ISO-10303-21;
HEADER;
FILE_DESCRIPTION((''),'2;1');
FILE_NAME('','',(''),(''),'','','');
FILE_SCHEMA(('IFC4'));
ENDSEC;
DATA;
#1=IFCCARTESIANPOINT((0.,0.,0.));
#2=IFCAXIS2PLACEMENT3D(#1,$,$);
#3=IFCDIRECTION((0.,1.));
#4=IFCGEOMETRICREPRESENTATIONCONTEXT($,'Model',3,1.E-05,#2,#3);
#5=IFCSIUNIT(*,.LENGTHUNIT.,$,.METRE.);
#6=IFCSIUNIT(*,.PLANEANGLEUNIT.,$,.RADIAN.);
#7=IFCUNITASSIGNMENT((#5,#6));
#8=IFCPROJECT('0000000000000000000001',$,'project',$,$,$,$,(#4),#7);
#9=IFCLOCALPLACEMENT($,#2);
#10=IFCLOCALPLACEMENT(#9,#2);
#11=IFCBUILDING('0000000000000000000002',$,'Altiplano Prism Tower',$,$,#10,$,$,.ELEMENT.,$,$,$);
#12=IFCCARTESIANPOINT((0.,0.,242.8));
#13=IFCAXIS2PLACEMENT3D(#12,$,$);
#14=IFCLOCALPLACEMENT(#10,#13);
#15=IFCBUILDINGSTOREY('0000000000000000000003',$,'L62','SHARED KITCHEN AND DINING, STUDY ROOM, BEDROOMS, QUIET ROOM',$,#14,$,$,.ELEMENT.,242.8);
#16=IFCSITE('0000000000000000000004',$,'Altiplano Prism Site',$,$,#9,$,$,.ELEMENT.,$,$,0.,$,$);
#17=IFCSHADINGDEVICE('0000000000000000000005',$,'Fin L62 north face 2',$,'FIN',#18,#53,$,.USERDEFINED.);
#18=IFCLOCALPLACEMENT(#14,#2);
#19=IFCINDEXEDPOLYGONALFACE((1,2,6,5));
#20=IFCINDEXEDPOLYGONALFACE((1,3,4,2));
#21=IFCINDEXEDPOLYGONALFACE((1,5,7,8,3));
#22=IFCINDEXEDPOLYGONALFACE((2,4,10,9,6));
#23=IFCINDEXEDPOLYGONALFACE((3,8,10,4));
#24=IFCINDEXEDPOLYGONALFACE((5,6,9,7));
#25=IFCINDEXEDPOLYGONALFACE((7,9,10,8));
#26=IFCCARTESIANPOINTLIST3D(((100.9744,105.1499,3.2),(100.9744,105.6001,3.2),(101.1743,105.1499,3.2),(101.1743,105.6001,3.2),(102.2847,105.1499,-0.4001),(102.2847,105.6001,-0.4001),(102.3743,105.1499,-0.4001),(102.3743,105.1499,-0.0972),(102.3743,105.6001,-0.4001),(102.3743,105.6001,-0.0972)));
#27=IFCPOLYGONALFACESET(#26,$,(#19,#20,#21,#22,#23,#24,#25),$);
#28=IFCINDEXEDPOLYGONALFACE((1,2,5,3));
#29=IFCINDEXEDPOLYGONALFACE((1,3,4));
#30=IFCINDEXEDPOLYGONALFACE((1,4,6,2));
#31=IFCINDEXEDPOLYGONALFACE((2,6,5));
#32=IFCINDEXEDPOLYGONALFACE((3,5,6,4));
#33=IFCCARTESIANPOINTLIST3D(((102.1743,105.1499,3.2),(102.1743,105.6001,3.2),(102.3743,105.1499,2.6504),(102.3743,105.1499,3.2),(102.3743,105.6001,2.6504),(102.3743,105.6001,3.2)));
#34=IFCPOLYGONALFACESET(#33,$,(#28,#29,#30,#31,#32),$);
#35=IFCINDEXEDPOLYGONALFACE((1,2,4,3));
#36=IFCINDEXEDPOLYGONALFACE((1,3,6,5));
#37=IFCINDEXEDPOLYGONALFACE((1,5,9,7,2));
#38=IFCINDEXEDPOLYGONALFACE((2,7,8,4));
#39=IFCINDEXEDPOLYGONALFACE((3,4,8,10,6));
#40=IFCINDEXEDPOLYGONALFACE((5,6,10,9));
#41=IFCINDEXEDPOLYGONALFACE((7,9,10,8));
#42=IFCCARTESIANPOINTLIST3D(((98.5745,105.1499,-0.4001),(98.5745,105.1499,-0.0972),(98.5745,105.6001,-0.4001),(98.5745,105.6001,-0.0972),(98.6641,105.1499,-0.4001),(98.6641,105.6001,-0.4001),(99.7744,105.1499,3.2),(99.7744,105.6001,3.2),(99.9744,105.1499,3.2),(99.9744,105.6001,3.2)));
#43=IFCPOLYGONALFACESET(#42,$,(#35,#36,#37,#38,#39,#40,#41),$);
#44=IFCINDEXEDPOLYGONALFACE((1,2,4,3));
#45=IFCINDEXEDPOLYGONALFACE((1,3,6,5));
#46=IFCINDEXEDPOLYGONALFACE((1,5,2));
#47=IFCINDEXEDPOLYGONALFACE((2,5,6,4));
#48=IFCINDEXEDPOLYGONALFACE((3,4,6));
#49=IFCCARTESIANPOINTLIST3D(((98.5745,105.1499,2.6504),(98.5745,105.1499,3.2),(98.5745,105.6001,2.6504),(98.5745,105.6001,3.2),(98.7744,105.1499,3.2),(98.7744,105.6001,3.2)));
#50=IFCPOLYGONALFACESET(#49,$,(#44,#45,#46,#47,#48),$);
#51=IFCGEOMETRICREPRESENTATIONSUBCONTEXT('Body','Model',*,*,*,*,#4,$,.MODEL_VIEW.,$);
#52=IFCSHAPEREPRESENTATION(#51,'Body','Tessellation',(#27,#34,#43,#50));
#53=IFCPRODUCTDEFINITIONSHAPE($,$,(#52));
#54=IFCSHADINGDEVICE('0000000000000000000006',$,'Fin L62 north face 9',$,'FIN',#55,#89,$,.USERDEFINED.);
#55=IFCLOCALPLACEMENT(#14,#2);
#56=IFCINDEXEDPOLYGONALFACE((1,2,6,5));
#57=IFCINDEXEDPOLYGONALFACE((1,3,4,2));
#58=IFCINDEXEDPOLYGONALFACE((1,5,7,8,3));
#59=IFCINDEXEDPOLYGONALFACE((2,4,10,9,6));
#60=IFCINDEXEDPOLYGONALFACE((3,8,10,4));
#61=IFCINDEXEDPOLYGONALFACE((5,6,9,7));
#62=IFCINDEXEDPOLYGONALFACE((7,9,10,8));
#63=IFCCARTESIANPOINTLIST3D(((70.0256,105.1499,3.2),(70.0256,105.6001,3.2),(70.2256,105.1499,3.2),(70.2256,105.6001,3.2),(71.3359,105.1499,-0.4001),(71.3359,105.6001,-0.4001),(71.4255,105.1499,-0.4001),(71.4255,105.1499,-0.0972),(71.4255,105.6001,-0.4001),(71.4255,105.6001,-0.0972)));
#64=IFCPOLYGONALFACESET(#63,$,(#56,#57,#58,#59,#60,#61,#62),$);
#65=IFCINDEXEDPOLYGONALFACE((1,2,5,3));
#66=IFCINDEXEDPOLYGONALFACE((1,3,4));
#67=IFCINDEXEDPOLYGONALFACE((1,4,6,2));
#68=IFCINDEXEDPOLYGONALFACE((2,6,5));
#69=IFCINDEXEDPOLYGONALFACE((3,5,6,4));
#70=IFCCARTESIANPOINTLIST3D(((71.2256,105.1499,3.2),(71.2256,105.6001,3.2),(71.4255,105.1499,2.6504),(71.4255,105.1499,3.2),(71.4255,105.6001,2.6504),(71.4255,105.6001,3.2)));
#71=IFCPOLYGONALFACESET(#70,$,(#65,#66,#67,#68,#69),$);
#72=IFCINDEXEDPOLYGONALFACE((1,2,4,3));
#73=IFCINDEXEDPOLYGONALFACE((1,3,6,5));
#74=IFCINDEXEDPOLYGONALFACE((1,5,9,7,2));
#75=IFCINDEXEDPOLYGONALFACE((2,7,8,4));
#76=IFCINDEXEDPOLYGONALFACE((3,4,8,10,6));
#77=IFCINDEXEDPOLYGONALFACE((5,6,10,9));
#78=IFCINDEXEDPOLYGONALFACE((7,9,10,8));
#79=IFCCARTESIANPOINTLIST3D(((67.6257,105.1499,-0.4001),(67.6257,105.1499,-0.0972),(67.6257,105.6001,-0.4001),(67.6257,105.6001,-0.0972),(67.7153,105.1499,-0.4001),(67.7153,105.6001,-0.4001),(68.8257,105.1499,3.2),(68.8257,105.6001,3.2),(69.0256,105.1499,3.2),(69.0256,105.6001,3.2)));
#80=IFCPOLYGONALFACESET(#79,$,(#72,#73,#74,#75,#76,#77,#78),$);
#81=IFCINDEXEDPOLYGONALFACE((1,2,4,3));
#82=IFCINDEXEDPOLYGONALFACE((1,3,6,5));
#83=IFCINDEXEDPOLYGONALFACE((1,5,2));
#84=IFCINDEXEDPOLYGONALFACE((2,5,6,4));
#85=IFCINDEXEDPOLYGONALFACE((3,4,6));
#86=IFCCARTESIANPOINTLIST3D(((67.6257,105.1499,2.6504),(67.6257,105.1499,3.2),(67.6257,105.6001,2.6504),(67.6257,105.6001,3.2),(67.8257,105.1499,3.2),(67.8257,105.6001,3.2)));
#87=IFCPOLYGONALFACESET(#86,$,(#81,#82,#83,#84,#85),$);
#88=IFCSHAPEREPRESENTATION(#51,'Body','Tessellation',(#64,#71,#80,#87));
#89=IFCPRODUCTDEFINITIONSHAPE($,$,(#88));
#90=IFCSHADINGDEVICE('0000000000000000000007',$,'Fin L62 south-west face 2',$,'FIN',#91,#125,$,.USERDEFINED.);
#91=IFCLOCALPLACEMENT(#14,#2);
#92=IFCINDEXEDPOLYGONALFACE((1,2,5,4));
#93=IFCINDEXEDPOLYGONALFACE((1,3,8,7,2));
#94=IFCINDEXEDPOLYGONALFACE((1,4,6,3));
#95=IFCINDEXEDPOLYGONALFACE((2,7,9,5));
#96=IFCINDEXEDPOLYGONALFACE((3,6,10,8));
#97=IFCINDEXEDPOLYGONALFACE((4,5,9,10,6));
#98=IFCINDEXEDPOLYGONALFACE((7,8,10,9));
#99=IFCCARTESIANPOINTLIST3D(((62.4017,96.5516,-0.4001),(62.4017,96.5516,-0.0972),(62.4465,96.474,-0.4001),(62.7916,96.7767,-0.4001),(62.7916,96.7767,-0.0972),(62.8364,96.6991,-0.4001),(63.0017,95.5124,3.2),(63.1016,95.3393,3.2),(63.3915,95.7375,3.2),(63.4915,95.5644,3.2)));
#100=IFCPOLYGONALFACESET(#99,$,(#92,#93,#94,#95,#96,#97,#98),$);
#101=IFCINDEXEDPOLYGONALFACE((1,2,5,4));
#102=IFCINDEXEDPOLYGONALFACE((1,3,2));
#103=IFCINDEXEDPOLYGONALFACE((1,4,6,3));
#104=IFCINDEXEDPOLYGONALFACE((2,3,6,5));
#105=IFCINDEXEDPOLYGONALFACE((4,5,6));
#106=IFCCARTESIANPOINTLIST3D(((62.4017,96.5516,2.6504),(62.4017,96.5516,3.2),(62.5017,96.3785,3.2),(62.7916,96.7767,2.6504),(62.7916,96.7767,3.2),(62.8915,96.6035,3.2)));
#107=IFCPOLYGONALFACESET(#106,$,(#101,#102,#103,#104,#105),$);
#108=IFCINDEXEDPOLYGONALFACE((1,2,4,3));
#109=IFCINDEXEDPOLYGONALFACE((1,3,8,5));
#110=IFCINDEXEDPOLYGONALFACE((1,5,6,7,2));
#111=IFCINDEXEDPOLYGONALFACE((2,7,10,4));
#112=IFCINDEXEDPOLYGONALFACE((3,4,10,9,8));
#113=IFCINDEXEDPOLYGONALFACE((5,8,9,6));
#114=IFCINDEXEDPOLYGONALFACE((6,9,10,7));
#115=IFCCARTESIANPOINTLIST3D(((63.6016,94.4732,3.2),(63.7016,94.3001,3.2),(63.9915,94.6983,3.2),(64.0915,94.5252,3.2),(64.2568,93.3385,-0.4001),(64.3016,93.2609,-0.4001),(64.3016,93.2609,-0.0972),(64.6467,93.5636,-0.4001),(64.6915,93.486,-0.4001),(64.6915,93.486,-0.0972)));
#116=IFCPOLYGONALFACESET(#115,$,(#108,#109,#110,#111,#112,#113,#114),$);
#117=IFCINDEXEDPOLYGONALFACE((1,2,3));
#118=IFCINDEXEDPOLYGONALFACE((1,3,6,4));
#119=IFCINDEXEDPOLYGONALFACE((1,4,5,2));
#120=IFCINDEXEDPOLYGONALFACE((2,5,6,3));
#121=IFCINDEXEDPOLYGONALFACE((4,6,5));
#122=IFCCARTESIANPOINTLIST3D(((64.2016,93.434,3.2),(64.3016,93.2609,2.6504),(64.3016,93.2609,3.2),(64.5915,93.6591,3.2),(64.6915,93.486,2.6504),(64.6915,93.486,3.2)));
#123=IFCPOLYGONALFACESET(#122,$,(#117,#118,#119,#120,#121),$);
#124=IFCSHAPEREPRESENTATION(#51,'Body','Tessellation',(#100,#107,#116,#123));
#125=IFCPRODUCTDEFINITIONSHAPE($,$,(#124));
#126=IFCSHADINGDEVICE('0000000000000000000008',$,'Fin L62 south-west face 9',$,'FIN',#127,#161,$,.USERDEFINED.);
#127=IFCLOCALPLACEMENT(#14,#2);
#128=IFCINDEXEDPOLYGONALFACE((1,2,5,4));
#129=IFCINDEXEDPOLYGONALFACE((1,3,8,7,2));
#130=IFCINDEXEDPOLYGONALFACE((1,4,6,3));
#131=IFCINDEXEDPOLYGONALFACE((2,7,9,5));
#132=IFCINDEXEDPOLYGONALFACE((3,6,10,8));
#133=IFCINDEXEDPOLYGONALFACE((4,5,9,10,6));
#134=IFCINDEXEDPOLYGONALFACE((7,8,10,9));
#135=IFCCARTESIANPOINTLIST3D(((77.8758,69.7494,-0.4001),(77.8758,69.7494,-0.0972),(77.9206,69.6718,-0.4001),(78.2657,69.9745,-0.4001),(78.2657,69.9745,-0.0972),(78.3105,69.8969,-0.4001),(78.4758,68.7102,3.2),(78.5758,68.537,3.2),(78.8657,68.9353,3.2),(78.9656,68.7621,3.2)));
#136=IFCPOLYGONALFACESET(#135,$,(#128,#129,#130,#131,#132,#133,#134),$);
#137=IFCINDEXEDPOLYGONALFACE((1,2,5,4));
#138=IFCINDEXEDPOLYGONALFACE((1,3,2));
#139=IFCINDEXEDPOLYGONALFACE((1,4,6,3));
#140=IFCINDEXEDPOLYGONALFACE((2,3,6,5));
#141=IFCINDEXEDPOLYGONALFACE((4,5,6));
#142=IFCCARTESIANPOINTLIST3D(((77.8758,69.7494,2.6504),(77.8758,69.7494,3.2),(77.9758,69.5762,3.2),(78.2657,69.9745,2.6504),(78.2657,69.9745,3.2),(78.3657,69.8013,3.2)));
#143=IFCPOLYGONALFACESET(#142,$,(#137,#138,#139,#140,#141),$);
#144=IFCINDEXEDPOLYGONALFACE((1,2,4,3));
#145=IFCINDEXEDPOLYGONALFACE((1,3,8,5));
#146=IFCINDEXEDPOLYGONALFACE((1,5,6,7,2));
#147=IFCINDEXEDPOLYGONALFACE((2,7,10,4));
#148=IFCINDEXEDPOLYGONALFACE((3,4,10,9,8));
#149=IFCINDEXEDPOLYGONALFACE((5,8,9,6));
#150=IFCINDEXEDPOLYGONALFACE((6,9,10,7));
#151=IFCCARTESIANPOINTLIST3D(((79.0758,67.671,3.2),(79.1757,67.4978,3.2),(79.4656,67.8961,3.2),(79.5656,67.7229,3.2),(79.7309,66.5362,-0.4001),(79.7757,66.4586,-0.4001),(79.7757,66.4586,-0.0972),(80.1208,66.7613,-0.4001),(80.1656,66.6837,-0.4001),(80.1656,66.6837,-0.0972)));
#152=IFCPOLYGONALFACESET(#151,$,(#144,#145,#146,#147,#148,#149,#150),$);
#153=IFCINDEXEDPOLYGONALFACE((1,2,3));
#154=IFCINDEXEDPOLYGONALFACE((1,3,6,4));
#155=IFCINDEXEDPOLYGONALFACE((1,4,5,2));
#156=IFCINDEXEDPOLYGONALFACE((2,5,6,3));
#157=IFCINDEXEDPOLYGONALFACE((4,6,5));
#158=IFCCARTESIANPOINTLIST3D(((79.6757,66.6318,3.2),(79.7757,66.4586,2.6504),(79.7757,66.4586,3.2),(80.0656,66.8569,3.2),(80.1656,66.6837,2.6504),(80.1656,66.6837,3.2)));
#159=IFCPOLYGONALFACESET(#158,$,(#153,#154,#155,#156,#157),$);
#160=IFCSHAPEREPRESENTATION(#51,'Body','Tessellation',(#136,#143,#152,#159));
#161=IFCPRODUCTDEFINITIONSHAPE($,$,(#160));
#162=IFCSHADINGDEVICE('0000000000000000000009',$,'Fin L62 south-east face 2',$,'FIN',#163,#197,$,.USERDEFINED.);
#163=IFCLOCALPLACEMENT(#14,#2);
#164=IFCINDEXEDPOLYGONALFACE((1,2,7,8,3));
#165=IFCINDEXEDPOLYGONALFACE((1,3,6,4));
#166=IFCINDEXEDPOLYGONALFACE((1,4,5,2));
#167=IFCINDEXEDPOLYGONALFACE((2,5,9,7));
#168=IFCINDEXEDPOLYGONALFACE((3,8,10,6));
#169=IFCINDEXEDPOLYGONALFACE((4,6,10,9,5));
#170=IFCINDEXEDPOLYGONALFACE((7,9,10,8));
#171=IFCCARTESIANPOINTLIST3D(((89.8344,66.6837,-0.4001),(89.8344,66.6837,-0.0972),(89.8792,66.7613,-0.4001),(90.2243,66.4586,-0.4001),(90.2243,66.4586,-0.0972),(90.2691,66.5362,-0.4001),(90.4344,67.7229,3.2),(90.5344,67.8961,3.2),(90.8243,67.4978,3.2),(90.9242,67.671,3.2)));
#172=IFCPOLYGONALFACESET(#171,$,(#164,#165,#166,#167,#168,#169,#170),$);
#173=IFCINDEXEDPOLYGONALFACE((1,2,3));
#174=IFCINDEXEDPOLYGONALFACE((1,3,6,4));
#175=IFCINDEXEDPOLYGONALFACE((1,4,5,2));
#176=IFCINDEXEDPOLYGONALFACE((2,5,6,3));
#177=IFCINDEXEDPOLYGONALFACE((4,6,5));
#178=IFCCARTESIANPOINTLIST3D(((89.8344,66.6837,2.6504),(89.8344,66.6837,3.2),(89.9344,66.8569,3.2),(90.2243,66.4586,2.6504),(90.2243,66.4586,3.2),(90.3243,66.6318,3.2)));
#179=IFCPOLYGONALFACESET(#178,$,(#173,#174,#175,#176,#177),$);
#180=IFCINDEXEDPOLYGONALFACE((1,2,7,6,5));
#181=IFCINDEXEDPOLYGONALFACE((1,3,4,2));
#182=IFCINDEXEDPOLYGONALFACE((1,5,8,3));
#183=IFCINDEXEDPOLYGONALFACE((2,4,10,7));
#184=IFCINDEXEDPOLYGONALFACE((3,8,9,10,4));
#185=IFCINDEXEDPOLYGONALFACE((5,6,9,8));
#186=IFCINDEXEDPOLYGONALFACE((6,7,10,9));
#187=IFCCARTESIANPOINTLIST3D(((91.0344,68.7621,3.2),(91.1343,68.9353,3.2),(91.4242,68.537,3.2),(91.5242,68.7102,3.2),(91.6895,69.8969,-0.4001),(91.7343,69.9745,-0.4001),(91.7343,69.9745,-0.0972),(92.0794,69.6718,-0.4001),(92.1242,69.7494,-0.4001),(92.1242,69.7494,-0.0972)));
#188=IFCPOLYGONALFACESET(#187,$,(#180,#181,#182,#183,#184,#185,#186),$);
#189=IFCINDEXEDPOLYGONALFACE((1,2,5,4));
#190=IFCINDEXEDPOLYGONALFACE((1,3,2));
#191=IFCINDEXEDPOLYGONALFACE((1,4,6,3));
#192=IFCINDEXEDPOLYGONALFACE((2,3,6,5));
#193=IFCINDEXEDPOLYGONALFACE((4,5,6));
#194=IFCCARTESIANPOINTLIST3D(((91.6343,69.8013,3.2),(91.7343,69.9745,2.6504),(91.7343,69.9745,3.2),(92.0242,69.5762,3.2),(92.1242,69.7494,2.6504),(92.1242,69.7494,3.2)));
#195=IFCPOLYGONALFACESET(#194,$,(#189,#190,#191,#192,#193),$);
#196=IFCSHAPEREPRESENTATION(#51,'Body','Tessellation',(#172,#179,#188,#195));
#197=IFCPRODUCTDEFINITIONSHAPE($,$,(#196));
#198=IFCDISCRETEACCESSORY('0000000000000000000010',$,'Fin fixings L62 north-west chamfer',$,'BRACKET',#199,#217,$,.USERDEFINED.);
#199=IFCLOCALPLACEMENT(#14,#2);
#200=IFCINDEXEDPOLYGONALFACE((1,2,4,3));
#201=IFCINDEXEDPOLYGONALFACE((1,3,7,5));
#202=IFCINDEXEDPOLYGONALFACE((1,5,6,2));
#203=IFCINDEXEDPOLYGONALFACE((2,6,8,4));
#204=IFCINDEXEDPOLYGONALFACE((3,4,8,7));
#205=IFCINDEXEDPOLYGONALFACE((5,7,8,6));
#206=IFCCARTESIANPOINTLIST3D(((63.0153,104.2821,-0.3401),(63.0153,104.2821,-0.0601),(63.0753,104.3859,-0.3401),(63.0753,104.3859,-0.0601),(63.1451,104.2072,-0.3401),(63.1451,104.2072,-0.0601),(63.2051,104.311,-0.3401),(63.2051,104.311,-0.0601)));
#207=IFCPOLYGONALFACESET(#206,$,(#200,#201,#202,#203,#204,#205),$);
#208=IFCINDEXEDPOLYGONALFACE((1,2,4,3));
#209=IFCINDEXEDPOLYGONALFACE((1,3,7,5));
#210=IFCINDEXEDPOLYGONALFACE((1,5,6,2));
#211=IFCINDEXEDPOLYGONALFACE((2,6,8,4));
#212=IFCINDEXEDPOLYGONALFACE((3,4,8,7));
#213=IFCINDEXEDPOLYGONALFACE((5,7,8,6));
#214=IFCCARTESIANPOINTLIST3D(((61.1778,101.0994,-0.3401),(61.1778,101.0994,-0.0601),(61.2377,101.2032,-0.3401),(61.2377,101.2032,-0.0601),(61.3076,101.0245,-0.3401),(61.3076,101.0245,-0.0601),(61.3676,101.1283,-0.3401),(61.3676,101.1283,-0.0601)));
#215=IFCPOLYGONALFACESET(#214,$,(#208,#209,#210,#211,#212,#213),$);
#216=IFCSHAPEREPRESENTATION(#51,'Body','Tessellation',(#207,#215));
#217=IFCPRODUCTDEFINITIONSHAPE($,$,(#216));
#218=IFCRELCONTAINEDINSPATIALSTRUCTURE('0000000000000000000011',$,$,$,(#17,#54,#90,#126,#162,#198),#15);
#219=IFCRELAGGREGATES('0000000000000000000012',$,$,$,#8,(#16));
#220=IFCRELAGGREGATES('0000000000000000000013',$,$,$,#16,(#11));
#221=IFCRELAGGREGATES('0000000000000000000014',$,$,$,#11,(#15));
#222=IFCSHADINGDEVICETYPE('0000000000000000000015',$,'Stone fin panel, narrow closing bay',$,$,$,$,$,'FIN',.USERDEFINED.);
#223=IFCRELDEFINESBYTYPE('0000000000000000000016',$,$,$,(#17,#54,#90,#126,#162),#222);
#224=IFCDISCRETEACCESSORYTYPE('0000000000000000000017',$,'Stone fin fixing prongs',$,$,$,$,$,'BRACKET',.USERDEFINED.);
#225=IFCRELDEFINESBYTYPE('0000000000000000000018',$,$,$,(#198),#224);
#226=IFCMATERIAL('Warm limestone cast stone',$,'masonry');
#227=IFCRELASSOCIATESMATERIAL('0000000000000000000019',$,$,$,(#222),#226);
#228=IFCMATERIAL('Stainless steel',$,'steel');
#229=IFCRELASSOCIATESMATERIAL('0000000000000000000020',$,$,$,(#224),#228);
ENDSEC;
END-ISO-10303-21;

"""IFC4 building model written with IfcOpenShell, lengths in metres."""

from ifc_helpers import new_model, si_unit, direction, frame, origin, place, context, subcontext, project, spatial, polyline, outline, extrude, source, transform, mapped, material, type_object, element, save


model = new_model("IFC4")

# Units and contexts
model_context = context("Model", 3, precision=1e-05, world=origin(), true_north=direction((0.0, 1.0)))
body_context = subcontext(model_context, "Body", "Model", "MODEL_VIEW")
ifc_project = project(units=[si_unit("LENGTHUNIT", "METRE"), si_unit("PLANEANGLEUNIT", "RADIAN")], contexts=[model_context])

# Site, building, storey
site_placement = place(None, origin())
site = spatial("IfcSite", under=ifc_project, at=site_placement, Name="Altiplano Prism Site", CompositionType="ELEMENT", RefElevation=0.0)
building_placement = place(site_placement, origin())
building = spatial("IfcBuilding", under=site, at=building_placement, Name="Altiplano Prism Tower", CompositionType="ELEMENT")
storey_placement = place(building_placement, frame((0.0, 0.0, 242.8)))
storey = spatial("IfcBuildingStorey", under=building, at=storey_placement, Name="L62", Description="SHARED KITCHEN AND DINING, STUDY ROOM, BEDROOMS, QUIET ROOM", CompositionType="ELEMENT", Elevation=242.8)

# Shading devices
ifc_material_1 = material(Name="Warm limestone cast stone", Category="masonry")
shading_device_type_1 = type_object("IfcShadingDeviceType", Name="Stone fin panel, narrow closing bay", ElementType="FIN", PredefinedType="USERDEFINED", material=ifc_material_1)
shared_shape_1 = source(origin(), body_context, "Body", "SweptSolid", [
    extrude(outline(polyline([(-1.8999, 0.0), (-1.8103, 0.0), (-0.5, 3.6001), (-0.7, 3.6001), (-1.8999, 0.303), (-1.8999, 0.0)])), frame((0.0, -0.1499, 0.0), z_axis=(0.0, -1.0, 0.0), x_axis=(1.0, 0.0, 0.0)), (0.0, 0.0, 1.0), 0.4502),
    extrude(outline(polyline([(-1.8999, 3.0505), (-1.7, 3.6001), (-1.8999, 3.6001), (-1.8999, 3.0505)])), frame((0.0, -0.1499, 0.0), z_axis=(0.0, -1.0, 0.0), x_axis=(1.0, 0.0, 0.0)), (0.0, 0.0, 1.0), 0.4502),
    extrude(outline(polyline([(1.8103, 0.0), (1.8999, 0.0), (1.8999, 0.303), (0.7, 3.6001), (0.5, 3.6001), (1.8103, 0.0)])), frame((0.0, -0.1499, 0.0), z_axis=(0.0, -1.0, 0.0), x_axis=(1.0, 0.0, 0.0)), (0.0, 0.0, 1.0), 0.4502),
    extrude(outline(polyline([(1.8999, 3.6001), (1.7, 3.6001), (1.8999, 3.0505), (1.8999, 3.6001)])), frame((0.0, -0.1499, 0.0), z_axis=(0.0, -1.0, 0.0), x_axis=(1.0, 0.0, 0.0)), (0.0, 0.0, 1.0), 0.4502),
])
shading_device_1_placement = place(storey_placement, origin())
element("IfcShadingDevice", 1, at=shading_device_1_placement, inside=storey, type_object=shading_device_type_1, Name="Fin L62 north face 2", ObjectType="FIN", PredefinedType="USERDEFINED", context=body_context, shape_type="MappedRepresentation", body=[
    mapped(shared_shape_1, transform((100.4744, 105.0, -0.4001), x_axis=(-1.0, 0.0, 0.0), y_axis=(0.0, -1.0, 0.0), z_axis=(0.0, 0.0, 1.0))),
])
shading_device_2_placement = place(storey_placement, origin())
element("IfcShadingDevice", 2, at=shading_device_2_placement, inside=storey, type_object=shading_device_type_1, Name="Fin L62 north face 9", ObjectType="FIN", PredefinedType="USERDEFINED", context=body_context, shape_type="MappedRepresentation", body=[
    mapped(shared_shape_1, transform((69.5256, 105.0, -0.4001), x_axis=(-1.0, 0.0, 0.0), y_axis=(0.0, -1.0, 0.0), z_axis=(0.0, 0.0, 1.0))),
])
shading_device_3_placement = place(storey_placement, origin())
element("IfcShadingDevice", 3, at=shading_device_3_placement, inside=storey, type_object=shading_device_type_1, Name="Fin L62 south-west face 2", ObjectType="FIN", PredefinedType="USERDEFINED", context=body_context, shape_type="MappedRepresentation", body=[
    mapped(shared_shape_1, transform((63.8713, 95.2063, -0.4001), x_axis=(0.5, -0.866025, 0.0), y_axis=(0.866025, 0.5, 0.0), z_axis=(0.0, 0.0, 1.0))),
])
shading_device_4_placement = place(storey_placement, origin())
element("IfcShadingDevice", 4, at=shading_device_4_placement, inside=storey, type_object=shading_device_type_1, Name="Fin L62 south-west face 9", ObjectType="FIN", PredefinedType="USERDEFINED", context=body_context, shape_type="MappedRepresentation", body=[
    mapped(shared_shape_1, transform((79.3455, 68.4041, -0.4001), x_axis=(0.5, -0.866025, 0.0), y_axis=(0.866025, 0.5, 0.0), z_axis=(0.0, 0.0, 1.0))),
])
shading_device_5_placement = place(storey_placement, origin())
element("IfcShadingDevice", 5, at=shading_device_5_placement, inside=storey, type_object=shading_device_type_1, Name="Fin L62 south-east face 2", ObjectType="FIN", PredefinedType="USERDEFINED", context=body_context, shape_type="MappedRepresentation", body=[
    mapped(shared_shape_1, transform((90.6545, 68.4041, -0.4001), x_axis=(0.5, 0.866025, 0.0), y_axis=(-0.866025, 0.5, 0.0), z_axis=(0.0, 0.0, 1.0))),
])

# Discrete accessory
ifc_material_2 = material(Name="Stainless steel", Category="steel")
discrete_accessory_type = type_object("IfcDiscreteAccessoryType", Name="Stone fin fixing prongs", ElementType="BRACKET", PredefinedType="USERDEFINED", material=ifc_material_2)
shared_shape_2 = source(origin(), body_context, "Body", "SweptSolid", [
    extrude(outline(polyline([(-1.8975, 0.0601), (-1.7776, 0.0601), (-1.7776, 0.3401), (-1.8975, 0.3401), (-1.8975, 0.0601)])), frame((0.0, 0.0, 0.0), z_axis=(0.0, -1.0, 0.0), x_axis=(1.0, 0.0, 0.0)), (0.0, 0.0, 1.0), 0.1499),
    extrude(outline(polyline([(1.7776, 0.0601), (1.8975, 0.0601), (1.8975, 0.3401), (1.7776, 0.3401), (1.7776, 0.0601)])), frame((0.0, 0.0, 0.0), z_axis=(0.0, -1.0, 0.0), x_axis=(1.0, 0.0, 0.0)), (0.0, 0.0, 1.0), 0.1499),
])
discrete_accessory_1_placement = place(storey_placement, origin())
element("IfcDiscreteAccessory", 6, at=discrete_accessory_1_placement, inside=storey, type_object=discrete_accessory_type, Name="Fin fixings L62 north-west chamfer", ObjectType="BRACKET", PredefinedType="USERDEFINED", context=body_context, shape_type="MappedRepresentation", body=[
    mapped(shared_shape_2, transform((62.2563, 102.6677, -0.4001), x_axis=(-0.5, -0.866025, 0.0), y_axis=(0.866025, -0.5, 0.0), z_axis=(0.0, 0.0, 1.0))),
])

save(model, "model.ifc")
